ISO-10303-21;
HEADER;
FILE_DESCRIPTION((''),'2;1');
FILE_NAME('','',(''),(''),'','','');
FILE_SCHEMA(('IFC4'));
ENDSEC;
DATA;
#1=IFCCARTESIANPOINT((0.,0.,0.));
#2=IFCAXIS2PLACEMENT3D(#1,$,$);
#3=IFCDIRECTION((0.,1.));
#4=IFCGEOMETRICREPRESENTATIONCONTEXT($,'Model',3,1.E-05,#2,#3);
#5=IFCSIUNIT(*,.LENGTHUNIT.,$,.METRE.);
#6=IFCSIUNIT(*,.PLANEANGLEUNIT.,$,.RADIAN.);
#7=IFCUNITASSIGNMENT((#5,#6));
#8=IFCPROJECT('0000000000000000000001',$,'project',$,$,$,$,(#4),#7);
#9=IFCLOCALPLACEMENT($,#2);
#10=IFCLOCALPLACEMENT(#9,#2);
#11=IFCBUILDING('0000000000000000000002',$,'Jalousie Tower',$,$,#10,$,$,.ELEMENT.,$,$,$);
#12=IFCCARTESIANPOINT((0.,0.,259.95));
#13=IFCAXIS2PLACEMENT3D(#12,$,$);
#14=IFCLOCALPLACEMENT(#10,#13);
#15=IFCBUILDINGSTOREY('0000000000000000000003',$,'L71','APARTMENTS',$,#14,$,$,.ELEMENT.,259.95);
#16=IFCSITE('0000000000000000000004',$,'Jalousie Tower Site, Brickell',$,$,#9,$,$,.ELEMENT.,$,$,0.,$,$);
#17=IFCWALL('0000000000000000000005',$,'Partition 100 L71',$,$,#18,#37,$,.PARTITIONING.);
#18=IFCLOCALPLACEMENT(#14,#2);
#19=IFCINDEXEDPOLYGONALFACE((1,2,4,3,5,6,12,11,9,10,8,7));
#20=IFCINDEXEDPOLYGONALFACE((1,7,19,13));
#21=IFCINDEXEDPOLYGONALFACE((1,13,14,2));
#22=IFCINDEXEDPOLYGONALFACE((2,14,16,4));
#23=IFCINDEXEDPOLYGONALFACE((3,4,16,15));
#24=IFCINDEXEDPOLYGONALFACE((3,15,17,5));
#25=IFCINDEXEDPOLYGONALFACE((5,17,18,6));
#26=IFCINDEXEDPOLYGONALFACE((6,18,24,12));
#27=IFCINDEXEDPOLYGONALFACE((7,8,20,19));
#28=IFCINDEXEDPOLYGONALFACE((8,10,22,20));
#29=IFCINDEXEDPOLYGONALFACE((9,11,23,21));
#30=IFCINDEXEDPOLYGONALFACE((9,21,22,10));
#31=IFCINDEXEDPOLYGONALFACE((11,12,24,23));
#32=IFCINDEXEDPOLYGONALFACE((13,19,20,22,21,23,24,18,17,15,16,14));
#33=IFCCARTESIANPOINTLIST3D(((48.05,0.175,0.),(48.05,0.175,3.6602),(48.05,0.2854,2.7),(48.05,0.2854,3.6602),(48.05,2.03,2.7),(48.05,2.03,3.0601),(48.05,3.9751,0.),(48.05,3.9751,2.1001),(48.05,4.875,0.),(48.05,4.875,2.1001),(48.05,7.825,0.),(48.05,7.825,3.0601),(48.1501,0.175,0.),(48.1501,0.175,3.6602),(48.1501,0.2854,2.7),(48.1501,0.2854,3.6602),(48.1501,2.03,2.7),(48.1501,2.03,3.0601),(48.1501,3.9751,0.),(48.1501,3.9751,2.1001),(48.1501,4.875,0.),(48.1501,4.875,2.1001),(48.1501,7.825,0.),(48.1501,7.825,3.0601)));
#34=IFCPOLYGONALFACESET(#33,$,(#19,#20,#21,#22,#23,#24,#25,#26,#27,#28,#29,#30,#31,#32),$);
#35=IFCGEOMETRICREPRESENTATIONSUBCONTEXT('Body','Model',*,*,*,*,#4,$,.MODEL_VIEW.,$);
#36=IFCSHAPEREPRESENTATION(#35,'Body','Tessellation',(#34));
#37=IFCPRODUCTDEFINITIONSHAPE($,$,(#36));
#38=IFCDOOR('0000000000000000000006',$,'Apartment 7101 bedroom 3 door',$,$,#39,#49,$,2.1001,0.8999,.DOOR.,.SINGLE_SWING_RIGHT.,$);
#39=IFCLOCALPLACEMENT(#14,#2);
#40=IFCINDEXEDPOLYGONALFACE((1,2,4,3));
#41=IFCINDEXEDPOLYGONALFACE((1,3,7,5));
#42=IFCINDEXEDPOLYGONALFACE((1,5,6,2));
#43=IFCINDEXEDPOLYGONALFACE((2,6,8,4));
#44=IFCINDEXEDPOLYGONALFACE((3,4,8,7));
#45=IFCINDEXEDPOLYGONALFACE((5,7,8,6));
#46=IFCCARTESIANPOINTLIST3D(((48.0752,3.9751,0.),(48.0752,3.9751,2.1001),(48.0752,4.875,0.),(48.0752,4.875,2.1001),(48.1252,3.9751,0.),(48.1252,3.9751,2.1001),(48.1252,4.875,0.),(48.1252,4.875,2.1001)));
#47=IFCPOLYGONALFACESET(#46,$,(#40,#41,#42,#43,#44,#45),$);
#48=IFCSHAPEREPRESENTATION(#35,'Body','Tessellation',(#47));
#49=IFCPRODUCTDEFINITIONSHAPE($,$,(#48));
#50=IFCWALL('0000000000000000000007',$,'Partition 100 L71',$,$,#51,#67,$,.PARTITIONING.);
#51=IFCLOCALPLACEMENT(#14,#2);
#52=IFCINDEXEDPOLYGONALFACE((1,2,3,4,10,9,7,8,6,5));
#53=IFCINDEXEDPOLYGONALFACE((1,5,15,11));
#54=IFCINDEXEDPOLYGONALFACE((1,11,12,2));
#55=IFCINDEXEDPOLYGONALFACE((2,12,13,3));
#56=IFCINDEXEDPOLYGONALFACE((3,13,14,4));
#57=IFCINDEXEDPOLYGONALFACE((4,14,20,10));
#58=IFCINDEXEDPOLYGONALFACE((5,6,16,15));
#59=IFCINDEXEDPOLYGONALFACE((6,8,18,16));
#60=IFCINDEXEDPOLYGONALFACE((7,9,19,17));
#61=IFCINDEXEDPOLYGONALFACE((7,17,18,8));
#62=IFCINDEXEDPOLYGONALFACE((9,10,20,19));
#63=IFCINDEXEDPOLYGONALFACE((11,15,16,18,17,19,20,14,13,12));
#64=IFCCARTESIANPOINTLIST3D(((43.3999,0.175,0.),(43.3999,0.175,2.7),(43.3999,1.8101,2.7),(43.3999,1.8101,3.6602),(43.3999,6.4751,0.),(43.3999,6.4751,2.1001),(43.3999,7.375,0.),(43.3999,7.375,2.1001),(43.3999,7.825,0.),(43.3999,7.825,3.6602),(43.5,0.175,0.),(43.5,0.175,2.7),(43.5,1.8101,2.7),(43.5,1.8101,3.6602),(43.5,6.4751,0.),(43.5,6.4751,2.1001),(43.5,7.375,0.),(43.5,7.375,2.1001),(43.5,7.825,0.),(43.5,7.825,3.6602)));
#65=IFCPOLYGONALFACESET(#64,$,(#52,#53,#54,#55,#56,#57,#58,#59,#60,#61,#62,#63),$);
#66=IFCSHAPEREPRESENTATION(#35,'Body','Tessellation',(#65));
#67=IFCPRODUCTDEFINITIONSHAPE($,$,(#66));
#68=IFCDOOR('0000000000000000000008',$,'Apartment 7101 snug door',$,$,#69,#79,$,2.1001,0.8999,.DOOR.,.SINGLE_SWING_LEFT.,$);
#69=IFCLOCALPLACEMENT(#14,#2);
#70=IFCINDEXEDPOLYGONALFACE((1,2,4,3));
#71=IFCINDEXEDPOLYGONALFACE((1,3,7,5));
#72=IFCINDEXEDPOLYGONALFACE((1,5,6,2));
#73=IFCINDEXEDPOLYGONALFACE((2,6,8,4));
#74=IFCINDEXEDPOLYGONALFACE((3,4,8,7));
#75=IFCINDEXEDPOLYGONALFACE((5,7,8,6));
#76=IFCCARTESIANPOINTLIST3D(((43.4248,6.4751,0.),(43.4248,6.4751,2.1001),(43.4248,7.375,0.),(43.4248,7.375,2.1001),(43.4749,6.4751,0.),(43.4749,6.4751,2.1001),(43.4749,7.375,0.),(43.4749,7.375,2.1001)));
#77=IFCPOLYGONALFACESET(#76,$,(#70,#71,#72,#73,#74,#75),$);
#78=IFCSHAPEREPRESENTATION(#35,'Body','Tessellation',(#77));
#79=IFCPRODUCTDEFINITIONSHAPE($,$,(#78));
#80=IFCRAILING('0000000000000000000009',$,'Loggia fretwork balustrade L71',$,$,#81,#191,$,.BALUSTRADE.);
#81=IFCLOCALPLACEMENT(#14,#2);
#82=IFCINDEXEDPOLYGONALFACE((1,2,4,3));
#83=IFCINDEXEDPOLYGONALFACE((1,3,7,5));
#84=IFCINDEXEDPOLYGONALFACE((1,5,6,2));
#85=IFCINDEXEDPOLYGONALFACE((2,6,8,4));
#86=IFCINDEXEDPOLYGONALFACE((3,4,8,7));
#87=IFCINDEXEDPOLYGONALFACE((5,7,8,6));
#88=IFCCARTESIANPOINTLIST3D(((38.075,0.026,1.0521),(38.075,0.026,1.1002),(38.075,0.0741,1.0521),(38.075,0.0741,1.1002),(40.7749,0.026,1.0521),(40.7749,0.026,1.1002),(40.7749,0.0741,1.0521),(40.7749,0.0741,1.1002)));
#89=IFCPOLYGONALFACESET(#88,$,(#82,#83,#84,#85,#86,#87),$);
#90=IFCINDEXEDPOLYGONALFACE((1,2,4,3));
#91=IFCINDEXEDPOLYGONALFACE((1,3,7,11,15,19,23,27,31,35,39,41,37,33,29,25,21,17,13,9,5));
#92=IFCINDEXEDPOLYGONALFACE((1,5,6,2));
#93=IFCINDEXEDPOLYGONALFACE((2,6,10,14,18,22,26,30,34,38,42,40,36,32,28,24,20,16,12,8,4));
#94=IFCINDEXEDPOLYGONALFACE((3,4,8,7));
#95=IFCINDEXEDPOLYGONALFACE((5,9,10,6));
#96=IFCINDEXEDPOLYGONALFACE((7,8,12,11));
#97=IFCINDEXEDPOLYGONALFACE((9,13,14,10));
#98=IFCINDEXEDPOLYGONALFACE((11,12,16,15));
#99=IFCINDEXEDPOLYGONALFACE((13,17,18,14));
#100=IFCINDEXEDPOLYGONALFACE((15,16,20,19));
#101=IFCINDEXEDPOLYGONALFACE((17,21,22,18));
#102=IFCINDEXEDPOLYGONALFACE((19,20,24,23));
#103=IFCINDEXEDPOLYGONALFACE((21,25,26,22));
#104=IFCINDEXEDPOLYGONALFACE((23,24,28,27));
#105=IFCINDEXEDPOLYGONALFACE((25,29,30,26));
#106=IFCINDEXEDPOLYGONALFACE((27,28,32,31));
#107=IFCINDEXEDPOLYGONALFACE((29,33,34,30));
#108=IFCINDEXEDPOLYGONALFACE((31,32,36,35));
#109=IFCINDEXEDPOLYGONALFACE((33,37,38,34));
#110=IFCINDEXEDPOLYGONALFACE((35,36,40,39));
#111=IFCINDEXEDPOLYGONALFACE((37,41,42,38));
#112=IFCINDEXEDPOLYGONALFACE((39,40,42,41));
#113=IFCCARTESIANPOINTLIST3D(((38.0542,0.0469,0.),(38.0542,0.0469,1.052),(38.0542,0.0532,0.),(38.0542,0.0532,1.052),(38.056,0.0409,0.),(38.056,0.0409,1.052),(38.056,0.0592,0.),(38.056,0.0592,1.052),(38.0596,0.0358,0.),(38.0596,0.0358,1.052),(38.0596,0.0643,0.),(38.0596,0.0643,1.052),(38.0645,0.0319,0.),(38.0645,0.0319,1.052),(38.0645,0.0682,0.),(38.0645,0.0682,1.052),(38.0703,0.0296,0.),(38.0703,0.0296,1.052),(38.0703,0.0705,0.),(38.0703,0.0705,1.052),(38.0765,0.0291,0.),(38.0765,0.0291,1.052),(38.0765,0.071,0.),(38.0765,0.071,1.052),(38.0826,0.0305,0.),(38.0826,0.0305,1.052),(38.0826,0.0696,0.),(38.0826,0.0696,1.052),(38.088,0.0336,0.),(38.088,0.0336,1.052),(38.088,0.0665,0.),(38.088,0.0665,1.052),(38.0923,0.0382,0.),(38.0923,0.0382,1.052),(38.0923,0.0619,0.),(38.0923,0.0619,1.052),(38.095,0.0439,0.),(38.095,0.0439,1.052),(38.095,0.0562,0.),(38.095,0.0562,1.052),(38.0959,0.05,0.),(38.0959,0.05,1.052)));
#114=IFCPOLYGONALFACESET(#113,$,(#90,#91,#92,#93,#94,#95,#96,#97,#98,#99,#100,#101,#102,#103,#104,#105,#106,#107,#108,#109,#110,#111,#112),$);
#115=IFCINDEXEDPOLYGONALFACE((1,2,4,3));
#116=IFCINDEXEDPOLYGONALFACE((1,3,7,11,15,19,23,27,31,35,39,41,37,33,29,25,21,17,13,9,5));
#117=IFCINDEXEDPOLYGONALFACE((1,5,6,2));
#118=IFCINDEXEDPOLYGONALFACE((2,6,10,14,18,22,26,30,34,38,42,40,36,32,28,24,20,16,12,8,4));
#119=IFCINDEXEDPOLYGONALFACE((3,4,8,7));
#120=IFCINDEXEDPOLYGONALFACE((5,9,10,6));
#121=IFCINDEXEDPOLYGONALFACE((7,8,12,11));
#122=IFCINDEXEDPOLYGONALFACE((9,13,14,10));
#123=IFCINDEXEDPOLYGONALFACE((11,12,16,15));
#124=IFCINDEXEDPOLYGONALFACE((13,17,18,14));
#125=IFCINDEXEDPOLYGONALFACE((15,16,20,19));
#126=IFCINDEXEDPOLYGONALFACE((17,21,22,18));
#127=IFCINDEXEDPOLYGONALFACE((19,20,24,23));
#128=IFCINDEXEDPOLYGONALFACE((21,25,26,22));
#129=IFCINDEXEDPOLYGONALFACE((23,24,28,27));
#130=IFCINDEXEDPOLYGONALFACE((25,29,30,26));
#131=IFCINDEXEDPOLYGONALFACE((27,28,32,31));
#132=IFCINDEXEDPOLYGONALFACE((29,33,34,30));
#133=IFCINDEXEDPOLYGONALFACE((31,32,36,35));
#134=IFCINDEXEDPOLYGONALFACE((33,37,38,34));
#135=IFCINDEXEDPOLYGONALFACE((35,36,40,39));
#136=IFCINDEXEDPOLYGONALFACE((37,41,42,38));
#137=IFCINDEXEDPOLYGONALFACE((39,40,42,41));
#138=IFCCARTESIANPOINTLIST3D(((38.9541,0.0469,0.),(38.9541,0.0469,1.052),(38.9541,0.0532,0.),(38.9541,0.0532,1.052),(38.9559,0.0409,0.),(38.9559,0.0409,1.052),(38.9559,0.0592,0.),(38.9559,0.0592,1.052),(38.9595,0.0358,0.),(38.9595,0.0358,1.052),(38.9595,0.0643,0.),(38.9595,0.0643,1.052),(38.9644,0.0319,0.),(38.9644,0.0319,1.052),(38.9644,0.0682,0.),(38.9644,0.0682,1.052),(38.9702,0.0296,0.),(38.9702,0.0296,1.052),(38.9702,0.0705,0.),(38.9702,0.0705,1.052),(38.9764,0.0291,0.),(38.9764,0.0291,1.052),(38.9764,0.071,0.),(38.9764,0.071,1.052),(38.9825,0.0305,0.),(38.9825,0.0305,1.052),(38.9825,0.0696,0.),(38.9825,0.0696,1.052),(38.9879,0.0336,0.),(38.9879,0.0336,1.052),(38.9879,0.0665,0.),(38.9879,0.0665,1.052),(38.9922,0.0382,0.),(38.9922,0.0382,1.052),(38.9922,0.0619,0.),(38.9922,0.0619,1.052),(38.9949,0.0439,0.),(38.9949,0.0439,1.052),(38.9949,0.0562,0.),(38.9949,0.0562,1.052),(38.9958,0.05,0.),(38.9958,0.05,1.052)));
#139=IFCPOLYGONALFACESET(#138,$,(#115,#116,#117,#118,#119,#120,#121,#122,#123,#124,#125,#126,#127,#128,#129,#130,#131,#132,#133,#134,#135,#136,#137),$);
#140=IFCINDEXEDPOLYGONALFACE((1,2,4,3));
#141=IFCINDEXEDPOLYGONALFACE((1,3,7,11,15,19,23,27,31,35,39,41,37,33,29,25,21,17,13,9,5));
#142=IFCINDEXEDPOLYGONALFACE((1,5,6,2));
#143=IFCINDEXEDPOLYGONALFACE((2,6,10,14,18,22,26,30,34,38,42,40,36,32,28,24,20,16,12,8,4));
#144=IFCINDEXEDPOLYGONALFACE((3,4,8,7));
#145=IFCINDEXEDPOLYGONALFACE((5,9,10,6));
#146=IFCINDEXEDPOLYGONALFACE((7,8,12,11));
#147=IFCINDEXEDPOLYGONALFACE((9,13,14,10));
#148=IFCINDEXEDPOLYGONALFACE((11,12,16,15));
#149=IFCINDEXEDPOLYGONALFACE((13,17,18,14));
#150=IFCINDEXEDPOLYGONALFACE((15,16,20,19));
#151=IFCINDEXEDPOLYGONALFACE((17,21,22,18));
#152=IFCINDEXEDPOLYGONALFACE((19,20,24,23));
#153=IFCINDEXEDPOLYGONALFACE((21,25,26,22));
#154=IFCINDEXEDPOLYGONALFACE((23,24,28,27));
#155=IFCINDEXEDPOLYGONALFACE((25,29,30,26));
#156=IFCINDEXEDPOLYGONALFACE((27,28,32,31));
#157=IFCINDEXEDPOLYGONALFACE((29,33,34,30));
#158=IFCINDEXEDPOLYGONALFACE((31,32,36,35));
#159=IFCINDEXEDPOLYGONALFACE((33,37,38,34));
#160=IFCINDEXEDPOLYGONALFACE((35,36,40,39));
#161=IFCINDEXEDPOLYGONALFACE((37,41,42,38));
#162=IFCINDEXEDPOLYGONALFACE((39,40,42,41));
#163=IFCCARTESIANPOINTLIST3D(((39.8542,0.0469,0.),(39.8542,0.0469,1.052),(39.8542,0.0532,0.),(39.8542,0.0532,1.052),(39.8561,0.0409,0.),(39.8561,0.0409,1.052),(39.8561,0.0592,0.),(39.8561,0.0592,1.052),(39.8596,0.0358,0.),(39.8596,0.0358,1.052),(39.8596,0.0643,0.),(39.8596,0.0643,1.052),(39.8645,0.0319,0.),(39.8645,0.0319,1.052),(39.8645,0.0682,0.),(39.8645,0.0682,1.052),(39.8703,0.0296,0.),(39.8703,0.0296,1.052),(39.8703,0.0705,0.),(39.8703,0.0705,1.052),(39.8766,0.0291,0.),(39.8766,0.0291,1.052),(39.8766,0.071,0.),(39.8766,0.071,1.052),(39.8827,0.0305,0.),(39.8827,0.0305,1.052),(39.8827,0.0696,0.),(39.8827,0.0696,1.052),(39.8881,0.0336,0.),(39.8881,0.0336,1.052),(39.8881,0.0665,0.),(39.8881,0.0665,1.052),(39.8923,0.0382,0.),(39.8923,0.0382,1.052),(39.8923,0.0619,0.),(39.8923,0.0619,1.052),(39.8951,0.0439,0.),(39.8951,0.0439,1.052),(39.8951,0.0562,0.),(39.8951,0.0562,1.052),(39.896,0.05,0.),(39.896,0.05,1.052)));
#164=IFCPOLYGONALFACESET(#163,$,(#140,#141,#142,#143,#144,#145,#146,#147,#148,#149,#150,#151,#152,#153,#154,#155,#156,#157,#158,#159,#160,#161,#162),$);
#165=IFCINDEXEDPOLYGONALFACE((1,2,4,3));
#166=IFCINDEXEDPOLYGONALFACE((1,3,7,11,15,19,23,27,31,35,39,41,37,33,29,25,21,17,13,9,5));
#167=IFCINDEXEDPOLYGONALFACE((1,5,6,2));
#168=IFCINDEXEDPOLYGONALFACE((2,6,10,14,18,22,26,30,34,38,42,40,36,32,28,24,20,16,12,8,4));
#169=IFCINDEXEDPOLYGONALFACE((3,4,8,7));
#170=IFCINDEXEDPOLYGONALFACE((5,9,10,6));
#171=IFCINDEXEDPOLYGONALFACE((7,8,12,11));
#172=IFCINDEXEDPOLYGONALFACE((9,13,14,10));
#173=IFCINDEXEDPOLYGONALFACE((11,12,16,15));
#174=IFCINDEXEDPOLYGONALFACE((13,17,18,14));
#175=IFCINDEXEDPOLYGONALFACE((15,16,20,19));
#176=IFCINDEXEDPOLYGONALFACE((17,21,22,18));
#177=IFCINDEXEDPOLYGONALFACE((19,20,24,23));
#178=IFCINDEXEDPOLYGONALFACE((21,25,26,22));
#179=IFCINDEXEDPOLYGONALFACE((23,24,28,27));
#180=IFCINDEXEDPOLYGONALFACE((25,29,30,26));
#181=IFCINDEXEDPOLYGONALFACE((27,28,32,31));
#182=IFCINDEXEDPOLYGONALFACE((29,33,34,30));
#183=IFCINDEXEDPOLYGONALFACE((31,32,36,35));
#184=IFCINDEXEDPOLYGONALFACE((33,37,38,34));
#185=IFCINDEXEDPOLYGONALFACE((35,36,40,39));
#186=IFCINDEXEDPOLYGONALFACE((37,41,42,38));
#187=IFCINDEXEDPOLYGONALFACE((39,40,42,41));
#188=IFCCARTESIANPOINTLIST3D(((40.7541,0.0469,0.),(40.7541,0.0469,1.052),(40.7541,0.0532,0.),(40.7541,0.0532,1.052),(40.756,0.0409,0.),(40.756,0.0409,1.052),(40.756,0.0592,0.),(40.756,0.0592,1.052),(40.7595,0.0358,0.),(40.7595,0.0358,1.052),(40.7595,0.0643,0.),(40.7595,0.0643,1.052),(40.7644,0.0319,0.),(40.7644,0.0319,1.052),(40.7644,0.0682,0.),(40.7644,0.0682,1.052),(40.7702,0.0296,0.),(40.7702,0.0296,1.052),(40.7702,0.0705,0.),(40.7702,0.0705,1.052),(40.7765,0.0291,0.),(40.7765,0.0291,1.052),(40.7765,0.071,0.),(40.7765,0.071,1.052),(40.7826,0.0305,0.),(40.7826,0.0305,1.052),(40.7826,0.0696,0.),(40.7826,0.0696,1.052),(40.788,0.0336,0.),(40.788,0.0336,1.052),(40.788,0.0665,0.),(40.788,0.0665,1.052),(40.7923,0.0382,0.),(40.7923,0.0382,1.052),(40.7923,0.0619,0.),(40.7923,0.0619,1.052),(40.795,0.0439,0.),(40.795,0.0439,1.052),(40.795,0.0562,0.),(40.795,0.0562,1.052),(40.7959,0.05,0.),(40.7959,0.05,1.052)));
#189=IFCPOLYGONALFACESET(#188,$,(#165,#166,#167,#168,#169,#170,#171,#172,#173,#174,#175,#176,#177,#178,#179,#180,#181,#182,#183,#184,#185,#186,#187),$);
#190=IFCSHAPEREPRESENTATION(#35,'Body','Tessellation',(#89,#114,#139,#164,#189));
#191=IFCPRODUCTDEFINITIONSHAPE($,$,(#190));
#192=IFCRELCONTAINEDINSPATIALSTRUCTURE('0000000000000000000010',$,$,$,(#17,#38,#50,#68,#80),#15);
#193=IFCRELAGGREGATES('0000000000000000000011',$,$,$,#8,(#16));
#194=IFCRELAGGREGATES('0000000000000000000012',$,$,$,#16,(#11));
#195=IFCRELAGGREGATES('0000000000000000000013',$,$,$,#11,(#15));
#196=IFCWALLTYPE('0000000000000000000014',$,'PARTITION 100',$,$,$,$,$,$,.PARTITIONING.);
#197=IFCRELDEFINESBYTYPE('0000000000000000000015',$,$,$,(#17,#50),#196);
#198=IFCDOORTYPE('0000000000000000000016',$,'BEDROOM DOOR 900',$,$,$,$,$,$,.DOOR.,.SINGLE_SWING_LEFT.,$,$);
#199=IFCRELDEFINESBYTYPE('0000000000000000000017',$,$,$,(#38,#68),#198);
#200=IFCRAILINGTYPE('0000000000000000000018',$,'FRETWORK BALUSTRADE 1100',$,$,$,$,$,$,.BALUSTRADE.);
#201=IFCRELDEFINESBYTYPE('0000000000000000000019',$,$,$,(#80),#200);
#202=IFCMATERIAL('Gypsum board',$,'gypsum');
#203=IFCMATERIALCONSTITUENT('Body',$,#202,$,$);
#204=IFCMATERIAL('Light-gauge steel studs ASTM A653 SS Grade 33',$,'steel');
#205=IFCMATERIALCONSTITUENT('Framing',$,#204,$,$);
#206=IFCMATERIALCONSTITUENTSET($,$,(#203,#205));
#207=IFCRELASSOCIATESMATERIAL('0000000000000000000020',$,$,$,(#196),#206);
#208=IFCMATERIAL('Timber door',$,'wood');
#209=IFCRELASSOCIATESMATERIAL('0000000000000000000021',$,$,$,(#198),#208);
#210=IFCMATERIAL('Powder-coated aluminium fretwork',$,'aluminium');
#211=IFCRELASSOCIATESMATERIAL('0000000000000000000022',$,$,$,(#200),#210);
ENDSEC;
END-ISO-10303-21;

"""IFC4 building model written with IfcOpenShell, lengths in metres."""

from ifc_helpers import new_model, si_unit, direction, frame, frame_2d, origin, origin_2d, place, context, subcontext, project, spatial, polyline, rectangle, circle, outline, extrude, material, constituent, constituent_set, type_object, element, fill, save


model = new_model("IFC4")

# Units and contexts
model_context = context("Model", 3, precision=1e-05, world=origin(), true_north=direction((0.0, 1.0)))
body_context = subcontext(model_context, "Body", "Model", "MODEL_VIEW")
ifc_project = project(units=[si_unit("LENGTHUNIT", "METRE"), si_unit("PLANEANGLEUNIT", "RADIAN")], contexts=[model_context])

# Site, building, storey
site_placement = place(None, origin())
site = spatial("IfcSite", under=ifc_project, at=site_placement, Name="Jalousie Tower Site, Brickell", CompositionType="ELEMENT", RefElevation=0.0)
building_placement = place(site_placement, origin())
building = spatial("IfcBuilding", under=site, at=building_placement, Name="Jalousie Tower", CompositionType="ELEMENT")
storey_placement = place(building_placement, frame((0.0, 0.0, 259.95)))
storey = spatial("IfcBuildingStorey", under=building, at=storey_placement, Name="L71", Description="APARTMENTS", CompositionType="ELEMENT", Elevation=259.95)

# Walls, openings, doors
ifc_material_1 = material(Name="Gypsum board", Category="gypsum")
ifc_constituent_1 = constituent(ifc_material_1, Name="Body")
ifc_material_2 = material(Name="Light-gauge steel studs ASTM A653 SS Grade 33", Category="steel")
ifc_constituent_2 = constituent(ifc_material_2, Name="Framing")
ifc_constituent_set_1 = constituent_set(constituents=[ifc_constituent_1, ifc_constituent_2])
wall_type_1 = type_object("IfcWallType", Name="PARTITION 100", PredefinedType="PARTITIONING", material=ifc_constituent_set_1)
wall_1_placement = place(storey_placement, frame((48.1001, 0.175, 0.0), z_axis=(0.0, 0.0, 1.0), x_axis=(0.0, 1.0, 0.0)))
wall_1 = element("IfcWall", 1, at=wall_1_placement, inside=storey, type_object=wall_type_1, Name="Partition 100 L71", PredefinedType="PARTITIONING", context=body_context, shape_type="SweptSolid", body=[
    extrude(outline(polyline([(0.0, 0.0), (7.6499, 0.0), (7.6499, 3.6602), (7.6499, 3.0601), (1.855, 3.0601), (1.855, 2.7), (0.1104, 2.7), (0.1104, 3.6602), (0.0, 3.6602), (0.0, 0.0)])), frame((0.0, 0.05, 0.0), z_axis=(0.0, -1.0, 0.0), x_axis=(1.0, 0.0, 0.0)), (0.0, 0.0, 1.0), 0.1001),
])
opening_1_placement = place(wall_1_placement, frame((3.8, 0.0, 0.0)))
opening_1 = element("IfcOpeningElement", 2, at=opening_1_placement, cuts=wall_1, PredefinedType="OPENING", context=body_context, shape_type="SweptSolid", body=[
    extrude(rectangle(XDim=0.8999, YDim=2.1001, at=frame_2d((0.45, 1.05))), frame((0.0, 0.0601, 0.0), z_axis=(0.0, -1.0, 0.0), x_axis=(1.0, 0.0, 0.0)), (0.0, 0.0, 1.0), 0.1201),
])
ifc_material_3 = material(Name="Timber door", Category="wood")
door_type = type_object("IfcDoorType", Name="BEDROOM DOOR 900", OperationType="SINGLE_SWING_LEFT", PredefinedType="DOOR", material=ifc_material_3)
door_1_placement = place(opening_1_placement, origin())
door_1 = element("IfcDoor", 3, at=door_1_placement, inside=storey, type_object=door_type, Name="Apartment 7101 bedroom 3 door", OperationType="SINGLE_SWING_RIGHT", OverallHeight=2.1001, OverallWidth=0.8999, PredefinedType="DOOR", context=body_context, shape_type="SweptSolid", body=[
    extrude(rectangle(XDim=0.8999, YDim=2.1001, at=frame_2d((0.45, 1.05))), frame((0.0, 0.0249, 0.0), z_axis=(0.0, -1.0, 0.0), x_axis=(1.0, 0.0, 0.0)), (0.0, 0.0, 1.0), 0.05),
])
fill(opening_1, door_1)
wall_2_placement = place(storey_placement, frame((43.45, 0.175, 0.0), z_axis=(0.0, 0.0, 1.0), x_axis=(0.0, 1.0, 0.0)))
wall_2 = element("IfcWall", 4, at=wall_2_placement, inside=storey, type_object=wall_type_1, Name="Partition 100 L71", PredefinedType="PARTITIONING", context=body_context, shape_type="SweptSolid", body=[
    extrude(outline(polyline([(0.0, 0.0), (7.6499, 0.0), (7.6499, 3.6602), (1.635, 3.6602), (1.635, 2.7), (0.0, 2.7), (0.0, 3.6602), (0.0, 0.0)])), frame((0.0, 0.05, 0.0), z_axis=(0.0, -1.0, 0.0), x_axis=(1.0, 0.0, 0.0)), (0.0, 0.0, 1.0), 0.1001),
])
opening_2_placement = place(wall_2_placement, frame((6.3, 0.0, 0.0)))
opening_2 = element("IfcOpeningElement", 5, at=opening_2_placement, cuts=wall_2, PredefinedType="OPENING", context=body_context, shape_type="SweptSolid", body=[
    extrude(rectangle(XDim=0.8999, YDim=2.1001, at=frame_2d((0.45, 1.05))), frame((0.0, 0.0601, 0.0), z_axis=(0.0, -1.0, 0.0), x_axis=(1.0, 0.0, 0.0)), (0.0, 0.0, 1.0), 0.1201),
])
door_2_placement = place(opening_2_placement, frame((0.8999, 0.0, 0.0), z_axis=(0.0, 0.0, 1.0), x_axis=(-1.0, 0.0, 0.0)))
door_2 = element("IfcDoor", 6, at=door_2_placement, inside=storey, type_object=door_type, Name="Apartment 7101 snug door", OperationType="SINGLE_SWING_LEFT", OverallHeight=2.1001, OverallWidth=0.8999, PredefinedType="DOOR", context=body_context, shape_type="SweptSolid", body=[
    extrude(rectangle(XDim=0.8999, YDim=2.1001, at=frame_2d((0.45, 1.05))), frame((0.0, 0.0249, 0.0), z_axis=(0.0, -1.0, 0.0), x_axis=(1.0, 0.0, 0.0)), (0.0, 0.0, 1.0), 0.05),
])
fill(opening_2, door_2)

# Railing
ifc_material_4 = material(Name="Powder-coated aluminium fretwork", Category="aluminium")
railing_type = type_object("IfcRailingType", Name="FRETWORK BALUSTRADE 1100", PredefinedType="BALUSTRADE", material=ifc_material_4)
railing_placement = place(storey_placement, frame((38.075, 0.05, 0.0)))
element("IfcRailing", 7, at=railing_placement, inside=storey, type_object=railing_type, Name="Loggia fretwork balustrade L71", PredefinedType="BALUSTRADE", context=body_context, shape_type="SweptSolid", body=[
    extrude(rectangle(XDim=0.0481, YDim=0.0481, at=origin_2d()), frame((0.0, 0.0, 1.0762), z_axis=(1.0, 0.0, 0.0), x_axis=(0.0, 1.0, 0.0)), (0.0, 0.0, 1.0), 2.7),
    extrude(circle(Radius=0.021, at=origin_2d()), origin(), (0.0, 0.0, 1.0), 1.052),
    extrude(circle(Radius=0.021, at=origin_2d()), frame((0.8999, 0.0, 0.0)), (0.0, 0.0, 1.0), 1.052),
    extrude(circle(Radius=0.021, at=origin_2d()), frame((1.8, 0.0, 0.0)), (0.0, 0.0, 1.0), 1.052),
    extrude(circle(Radius=0.021, at=origin_2d()), frame((2.7, 0.0, 0.0)), (0.0, 0.0, 1.0), 1.052),
])

save(model, "model.ifc")
